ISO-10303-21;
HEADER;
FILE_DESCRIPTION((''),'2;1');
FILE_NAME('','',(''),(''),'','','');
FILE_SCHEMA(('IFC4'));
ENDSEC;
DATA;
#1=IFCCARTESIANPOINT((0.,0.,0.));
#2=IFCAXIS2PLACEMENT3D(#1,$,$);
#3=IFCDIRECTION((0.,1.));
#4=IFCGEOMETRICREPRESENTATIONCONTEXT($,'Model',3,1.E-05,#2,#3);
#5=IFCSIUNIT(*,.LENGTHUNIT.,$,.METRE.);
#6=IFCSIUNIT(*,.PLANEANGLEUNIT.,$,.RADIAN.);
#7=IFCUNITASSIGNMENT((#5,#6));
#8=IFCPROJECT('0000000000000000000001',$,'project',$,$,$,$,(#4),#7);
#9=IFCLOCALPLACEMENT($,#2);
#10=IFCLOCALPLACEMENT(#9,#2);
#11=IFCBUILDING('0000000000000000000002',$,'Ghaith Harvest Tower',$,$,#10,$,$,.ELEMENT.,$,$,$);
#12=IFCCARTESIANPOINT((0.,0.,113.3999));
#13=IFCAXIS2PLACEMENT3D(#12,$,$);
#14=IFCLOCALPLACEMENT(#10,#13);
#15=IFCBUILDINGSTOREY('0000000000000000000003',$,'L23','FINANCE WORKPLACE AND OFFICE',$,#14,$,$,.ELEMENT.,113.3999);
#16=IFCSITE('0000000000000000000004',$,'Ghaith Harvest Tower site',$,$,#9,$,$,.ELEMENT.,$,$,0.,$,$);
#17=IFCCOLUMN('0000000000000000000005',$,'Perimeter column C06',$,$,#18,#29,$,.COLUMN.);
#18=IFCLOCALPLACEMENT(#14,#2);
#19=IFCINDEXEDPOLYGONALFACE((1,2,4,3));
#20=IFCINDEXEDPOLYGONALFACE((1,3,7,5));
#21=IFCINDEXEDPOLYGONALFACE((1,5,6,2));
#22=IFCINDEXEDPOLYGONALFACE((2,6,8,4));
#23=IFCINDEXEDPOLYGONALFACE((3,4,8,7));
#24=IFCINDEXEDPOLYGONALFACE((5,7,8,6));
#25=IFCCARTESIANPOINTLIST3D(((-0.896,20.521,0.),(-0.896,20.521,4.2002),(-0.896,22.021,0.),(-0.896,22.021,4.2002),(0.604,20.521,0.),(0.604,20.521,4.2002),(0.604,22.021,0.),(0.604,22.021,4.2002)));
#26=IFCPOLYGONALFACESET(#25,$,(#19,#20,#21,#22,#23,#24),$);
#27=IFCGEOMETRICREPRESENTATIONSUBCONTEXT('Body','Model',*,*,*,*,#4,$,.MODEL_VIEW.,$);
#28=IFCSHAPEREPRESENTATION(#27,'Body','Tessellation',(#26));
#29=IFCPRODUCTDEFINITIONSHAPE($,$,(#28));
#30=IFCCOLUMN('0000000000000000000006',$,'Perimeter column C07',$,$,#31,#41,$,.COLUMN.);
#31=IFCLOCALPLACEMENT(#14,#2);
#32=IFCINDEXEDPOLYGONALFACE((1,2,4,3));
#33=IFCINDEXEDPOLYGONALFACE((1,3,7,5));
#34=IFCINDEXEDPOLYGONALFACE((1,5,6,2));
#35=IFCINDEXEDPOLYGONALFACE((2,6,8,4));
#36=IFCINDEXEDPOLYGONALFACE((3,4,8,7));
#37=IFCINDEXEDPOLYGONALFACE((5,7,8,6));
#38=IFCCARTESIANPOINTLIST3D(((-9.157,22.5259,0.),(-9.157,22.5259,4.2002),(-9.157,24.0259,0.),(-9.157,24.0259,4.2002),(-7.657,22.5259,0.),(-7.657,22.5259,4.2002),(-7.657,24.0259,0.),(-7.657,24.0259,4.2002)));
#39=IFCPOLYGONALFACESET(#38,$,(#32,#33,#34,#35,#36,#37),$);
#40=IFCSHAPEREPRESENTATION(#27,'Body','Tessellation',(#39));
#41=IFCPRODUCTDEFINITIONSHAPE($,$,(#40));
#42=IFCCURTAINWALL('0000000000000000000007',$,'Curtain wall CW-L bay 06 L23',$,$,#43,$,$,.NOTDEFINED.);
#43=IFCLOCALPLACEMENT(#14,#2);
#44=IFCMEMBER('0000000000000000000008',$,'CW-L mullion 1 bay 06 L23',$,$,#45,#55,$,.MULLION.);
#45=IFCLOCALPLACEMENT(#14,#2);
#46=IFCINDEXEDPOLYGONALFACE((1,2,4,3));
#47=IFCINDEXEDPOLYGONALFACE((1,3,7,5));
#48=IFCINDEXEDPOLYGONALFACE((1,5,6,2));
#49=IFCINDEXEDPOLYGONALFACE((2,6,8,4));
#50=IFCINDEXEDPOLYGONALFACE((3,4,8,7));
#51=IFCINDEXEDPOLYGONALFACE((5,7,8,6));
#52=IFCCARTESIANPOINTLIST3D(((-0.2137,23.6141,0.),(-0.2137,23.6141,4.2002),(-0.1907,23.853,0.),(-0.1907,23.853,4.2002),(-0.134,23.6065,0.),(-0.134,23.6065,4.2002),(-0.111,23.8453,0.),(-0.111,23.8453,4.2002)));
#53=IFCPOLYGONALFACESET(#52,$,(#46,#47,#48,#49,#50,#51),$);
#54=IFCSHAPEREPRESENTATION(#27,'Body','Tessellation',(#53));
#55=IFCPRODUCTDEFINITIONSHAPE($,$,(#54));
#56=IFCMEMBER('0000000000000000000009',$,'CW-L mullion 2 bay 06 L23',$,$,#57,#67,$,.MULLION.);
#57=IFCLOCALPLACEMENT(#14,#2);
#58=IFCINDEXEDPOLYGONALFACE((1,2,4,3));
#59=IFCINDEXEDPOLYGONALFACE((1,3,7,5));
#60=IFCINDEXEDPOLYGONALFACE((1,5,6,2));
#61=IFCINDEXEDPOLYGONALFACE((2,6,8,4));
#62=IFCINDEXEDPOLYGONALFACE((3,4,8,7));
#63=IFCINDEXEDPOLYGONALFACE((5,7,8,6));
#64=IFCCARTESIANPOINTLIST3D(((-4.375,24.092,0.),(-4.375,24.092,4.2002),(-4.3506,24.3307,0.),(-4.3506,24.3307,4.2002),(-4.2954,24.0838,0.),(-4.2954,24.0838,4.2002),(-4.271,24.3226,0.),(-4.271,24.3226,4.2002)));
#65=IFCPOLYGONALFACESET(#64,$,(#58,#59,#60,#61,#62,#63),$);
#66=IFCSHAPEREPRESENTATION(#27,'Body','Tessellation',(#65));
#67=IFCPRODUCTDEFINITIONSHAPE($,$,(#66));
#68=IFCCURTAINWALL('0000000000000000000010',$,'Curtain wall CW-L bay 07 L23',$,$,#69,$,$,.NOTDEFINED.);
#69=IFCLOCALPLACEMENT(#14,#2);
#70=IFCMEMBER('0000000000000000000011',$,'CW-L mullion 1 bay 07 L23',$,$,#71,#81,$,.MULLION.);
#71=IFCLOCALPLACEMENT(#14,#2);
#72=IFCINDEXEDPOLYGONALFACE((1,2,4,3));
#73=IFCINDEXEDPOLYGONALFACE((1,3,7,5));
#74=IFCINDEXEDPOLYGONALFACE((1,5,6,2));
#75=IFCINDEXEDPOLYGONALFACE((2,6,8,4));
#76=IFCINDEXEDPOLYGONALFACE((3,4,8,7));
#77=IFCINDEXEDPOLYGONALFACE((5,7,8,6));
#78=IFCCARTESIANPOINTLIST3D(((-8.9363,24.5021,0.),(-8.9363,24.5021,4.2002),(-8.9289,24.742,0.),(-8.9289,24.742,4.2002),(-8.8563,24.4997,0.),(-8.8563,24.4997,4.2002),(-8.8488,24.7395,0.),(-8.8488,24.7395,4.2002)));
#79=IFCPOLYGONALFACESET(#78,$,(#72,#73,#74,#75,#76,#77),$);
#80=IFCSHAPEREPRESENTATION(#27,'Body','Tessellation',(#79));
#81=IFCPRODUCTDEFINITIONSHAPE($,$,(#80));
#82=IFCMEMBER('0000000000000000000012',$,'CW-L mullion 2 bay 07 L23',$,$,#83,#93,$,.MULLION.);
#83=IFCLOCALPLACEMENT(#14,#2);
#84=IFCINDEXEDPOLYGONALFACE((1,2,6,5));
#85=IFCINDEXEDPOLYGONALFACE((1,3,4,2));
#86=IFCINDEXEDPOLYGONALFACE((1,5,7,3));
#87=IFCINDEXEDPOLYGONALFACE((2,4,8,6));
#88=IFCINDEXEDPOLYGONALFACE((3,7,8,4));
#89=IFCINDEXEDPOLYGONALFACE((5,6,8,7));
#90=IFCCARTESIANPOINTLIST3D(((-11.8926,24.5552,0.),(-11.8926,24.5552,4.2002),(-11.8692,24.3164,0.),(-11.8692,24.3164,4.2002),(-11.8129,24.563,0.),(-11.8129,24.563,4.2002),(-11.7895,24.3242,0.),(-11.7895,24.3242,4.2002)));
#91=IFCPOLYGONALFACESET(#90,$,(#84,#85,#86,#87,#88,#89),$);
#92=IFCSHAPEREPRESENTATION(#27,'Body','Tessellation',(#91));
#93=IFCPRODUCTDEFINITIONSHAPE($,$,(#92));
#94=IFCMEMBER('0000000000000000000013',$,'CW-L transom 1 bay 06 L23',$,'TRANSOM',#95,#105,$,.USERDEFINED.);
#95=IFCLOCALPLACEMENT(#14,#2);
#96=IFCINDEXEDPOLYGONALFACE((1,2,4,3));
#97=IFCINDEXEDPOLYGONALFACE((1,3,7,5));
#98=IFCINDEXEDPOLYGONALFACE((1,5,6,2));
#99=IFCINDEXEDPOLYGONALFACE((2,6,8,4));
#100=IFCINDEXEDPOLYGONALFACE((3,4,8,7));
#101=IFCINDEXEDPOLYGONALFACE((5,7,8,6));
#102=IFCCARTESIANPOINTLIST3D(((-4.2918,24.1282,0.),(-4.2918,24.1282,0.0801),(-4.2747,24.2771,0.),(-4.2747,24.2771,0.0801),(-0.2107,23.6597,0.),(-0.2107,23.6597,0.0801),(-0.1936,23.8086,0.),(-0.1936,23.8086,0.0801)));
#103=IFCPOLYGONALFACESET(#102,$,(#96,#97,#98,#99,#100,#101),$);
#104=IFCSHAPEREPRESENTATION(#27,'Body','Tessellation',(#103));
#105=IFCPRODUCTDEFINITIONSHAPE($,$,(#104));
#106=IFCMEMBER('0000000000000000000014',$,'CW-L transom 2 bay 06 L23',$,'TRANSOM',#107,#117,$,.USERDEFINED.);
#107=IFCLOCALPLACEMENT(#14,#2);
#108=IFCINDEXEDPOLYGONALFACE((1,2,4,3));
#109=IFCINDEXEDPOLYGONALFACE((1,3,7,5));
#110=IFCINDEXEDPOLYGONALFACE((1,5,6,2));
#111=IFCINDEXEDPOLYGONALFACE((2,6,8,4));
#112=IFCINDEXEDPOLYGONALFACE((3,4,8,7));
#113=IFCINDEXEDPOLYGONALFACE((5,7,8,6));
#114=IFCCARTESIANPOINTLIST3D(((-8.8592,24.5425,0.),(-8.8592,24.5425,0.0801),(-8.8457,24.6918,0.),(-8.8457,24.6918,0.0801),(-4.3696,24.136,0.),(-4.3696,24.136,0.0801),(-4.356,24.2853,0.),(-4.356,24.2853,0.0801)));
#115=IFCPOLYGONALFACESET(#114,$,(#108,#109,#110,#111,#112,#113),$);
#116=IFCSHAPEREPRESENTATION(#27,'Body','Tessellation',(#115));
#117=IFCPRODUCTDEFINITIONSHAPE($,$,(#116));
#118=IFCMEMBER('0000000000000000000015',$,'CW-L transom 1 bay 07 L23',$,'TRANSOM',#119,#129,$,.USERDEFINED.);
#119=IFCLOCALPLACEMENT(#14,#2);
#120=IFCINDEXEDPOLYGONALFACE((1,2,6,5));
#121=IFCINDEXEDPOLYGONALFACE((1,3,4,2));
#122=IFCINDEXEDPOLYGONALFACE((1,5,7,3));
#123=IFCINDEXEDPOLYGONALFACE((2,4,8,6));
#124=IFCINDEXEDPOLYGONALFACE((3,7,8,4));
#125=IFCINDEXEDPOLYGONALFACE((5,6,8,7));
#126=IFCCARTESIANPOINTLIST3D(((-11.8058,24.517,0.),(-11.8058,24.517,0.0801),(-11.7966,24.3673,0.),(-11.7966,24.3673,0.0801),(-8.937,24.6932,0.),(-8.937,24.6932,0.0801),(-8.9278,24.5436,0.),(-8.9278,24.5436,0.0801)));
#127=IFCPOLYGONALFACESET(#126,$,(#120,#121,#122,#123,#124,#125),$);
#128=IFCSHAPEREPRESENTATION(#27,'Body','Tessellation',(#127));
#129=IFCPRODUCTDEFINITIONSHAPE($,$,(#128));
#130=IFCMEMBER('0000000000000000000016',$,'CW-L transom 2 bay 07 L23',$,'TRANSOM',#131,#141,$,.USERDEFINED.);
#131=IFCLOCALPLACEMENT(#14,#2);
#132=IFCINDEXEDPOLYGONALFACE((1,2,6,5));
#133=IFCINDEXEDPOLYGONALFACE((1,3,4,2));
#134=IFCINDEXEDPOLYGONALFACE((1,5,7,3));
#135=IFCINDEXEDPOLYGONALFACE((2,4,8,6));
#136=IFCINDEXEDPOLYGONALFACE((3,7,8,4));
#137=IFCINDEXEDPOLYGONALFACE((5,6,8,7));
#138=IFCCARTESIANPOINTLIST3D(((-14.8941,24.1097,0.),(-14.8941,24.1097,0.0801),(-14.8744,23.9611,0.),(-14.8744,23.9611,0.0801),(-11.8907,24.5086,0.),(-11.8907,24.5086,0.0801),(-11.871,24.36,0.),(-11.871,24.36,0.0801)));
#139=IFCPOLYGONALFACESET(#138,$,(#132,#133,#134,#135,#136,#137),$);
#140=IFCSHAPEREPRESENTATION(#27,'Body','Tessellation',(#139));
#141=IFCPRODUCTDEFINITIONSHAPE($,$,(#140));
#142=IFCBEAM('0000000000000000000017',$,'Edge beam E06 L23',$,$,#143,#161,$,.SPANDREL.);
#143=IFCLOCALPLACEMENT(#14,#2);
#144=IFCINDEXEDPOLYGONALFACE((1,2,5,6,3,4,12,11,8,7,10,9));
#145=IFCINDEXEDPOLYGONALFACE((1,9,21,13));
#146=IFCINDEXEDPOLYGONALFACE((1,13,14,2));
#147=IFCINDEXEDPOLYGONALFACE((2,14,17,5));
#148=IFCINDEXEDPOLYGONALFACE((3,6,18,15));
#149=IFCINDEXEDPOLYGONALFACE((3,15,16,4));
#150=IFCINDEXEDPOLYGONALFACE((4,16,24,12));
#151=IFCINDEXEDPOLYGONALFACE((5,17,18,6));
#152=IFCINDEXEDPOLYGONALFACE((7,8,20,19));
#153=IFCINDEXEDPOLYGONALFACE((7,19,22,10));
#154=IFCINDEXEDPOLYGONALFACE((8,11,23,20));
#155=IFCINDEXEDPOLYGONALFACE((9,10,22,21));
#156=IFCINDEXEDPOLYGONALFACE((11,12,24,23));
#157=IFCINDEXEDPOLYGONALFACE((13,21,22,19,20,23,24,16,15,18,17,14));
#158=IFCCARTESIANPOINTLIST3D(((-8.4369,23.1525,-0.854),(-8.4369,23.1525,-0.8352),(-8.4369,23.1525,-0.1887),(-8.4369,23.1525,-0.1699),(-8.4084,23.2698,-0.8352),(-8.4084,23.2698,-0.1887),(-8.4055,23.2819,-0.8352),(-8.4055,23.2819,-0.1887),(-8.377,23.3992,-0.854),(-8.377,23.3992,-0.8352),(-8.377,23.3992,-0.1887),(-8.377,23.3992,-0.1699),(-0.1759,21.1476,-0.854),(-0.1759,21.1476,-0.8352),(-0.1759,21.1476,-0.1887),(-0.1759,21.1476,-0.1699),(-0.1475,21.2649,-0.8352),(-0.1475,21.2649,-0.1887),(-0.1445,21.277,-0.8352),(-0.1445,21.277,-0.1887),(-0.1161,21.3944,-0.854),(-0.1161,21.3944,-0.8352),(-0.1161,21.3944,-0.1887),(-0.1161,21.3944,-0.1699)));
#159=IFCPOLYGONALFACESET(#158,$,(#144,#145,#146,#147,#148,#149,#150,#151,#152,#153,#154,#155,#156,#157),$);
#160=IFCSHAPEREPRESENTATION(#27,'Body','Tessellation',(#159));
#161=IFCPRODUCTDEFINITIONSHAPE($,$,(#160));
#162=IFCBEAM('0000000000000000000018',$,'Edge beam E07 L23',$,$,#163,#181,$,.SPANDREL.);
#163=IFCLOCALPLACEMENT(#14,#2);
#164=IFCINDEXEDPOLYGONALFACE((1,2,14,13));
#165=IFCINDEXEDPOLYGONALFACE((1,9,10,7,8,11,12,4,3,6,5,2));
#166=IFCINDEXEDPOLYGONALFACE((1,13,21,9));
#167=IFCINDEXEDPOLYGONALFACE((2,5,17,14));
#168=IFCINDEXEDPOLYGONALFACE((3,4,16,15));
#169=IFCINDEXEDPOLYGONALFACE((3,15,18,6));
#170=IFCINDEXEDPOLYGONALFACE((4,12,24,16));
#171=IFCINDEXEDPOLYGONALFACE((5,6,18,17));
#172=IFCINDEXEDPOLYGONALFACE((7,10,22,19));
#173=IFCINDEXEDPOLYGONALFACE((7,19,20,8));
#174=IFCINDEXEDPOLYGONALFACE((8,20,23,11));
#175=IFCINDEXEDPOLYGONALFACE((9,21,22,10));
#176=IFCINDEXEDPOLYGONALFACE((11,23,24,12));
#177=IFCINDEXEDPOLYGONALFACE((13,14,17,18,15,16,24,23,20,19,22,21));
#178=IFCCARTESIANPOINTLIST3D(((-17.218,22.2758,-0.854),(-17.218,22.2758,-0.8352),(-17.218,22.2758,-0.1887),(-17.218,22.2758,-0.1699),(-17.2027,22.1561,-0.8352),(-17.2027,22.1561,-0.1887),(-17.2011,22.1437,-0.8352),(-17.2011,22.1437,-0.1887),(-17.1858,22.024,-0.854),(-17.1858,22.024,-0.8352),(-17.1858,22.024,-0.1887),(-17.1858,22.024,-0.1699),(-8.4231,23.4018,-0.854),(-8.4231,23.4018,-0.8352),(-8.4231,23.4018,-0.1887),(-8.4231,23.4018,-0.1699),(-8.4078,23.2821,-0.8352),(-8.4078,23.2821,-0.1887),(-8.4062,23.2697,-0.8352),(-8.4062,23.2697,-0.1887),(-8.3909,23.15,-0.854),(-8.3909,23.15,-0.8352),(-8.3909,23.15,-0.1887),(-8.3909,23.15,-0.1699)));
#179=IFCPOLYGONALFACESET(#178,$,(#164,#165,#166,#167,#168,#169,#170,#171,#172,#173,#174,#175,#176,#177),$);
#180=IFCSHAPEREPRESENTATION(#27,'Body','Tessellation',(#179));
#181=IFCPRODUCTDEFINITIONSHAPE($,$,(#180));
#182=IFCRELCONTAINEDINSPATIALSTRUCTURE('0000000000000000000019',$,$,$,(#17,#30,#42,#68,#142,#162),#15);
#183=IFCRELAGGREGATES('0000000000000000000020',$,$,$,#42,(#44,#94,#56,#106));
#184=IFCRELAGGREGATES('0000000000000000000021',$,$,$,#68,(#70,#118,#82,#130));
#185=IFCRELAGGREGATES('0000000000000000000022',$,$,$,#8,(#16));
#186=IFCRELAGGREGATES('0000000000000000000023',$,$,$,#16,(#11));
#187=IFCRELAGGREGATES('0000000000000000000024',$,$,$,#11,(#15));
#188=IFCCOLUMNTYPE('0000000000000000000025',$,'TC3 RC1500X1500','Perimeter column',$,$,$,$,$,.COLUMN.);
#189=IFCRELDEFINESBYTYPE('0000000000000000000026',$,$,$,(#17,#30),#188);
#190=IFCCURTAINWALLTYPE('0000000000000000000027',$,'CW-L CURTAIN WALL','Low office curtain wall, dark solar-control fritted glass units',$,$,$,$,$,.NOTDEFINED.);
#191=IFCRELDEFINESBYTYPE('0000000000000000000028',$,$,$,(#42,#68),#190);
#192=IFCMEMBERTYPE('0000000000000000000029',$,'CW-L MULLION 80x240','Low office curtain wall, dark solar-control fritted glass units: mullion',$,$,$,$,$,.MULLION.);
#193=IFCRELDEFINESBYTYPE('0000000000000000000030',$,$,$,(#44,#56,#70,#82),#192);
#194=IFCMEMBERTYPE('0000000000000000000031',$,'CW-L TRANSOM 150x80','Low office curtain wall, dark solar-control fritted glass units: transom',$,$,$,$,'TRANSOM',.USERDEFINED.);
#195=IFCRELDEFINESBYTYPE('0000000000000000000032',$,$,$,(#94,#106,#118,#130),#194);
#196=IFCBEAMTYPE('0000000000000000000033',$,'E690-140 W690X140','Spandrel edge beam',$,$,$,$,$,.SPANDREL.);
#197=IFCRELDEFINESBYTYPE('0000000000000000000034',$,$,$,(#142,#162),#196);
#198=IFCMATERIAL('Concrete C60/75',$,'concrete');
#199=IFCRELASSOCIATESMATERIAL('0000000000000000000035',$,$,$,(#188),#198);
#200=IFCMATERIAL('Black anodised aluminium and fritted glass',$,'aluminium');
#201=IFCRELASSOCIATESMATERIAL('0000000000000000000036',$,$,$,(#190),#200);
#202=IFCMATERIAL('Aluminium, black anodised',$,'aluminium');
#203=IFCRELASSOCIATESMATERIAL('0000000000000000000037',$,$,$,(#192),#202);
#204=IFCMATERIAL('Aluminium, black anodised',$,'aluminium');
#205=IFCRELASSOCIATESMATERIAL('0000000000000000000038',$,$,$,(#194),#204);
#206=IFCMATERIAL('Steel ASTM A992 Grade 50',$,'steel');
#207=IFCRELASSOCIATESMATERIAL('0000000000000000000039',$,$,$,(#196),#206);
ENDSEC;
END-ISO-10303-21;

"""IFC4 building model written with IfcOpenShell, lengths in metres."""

from ifc_helpers import new_model, si_unit, direction, frame, origin, origin_2d, place, context, subcontext, project, spatial, rectangle, i_section, extrude, material, material_profile, profile_set, type_object, element, aggregate, save


model = new_model("IFC4")

# Units and contexts
model_context = context("Model", 3, precision=1e-05, world=origin(), true_north=direction((0.0, 1.0)))
body_context = subcontext(model_context, "Body", "Model", "MODEL_VIEW")
ifc_project = project(units=[si_unit("LENGTHUNIT", "METRE"), si_unit("PLANEANGLEUNIT", "RADIAN")], contexts=[model_context])

# Site, building, storey
site_placement = place(None, origin())
site = spatial("IfcSite", under=ifc_project, at=site_placement, Name="Ghaith Harvest Tower site", CompositionType="ELEMENT", RefElevation=0.0)
building_placement = place(site_placement, origin())
building = spatial("IfcBuilding", under=site, at=building_placement, Name="Ghaith Harvest Tower", CompositionType="ELEMENT")
storey_placement = place(building_placement, frame((0.0, 0.0, 113.3999)))
storey = spatial("IfcBuildingStorey", under=building, at=storey_placement, Name="L23", Description="FINANCE WORKPLACE AND OFFICE", CompositionType="ELEMENT", Elevation=113.3999)

# Columns
ifc_material_1 = material(Name="Concrete C60/75", Category="concrete")
ifc_material_profile_1 = material_profile(ifc_material_1, rectangle(XDim=1.5, YDim=1.5, at=origin_2d()), Name="RC1500X1500")
ifc_profile_set_1 = profile_set([ifc_material_profile_1], Name="Concrete C60/75")
column_type = type_object("IfcColumnType", Name="TC3 RC1500X1500", Description="Perimeter column", PredefinedType="COLUMN", material=ifc_profile_set_1)
for number, where, z_axis, x_axis, name in (
    (1, (-0.146, 21.271, 0.0), (0.0, 0.0, 1.0), (1.0, 0.0, 0.0), "Perimeter column C06"),
    (2, (-8.407, 23.2759, 0.0), (0.0, 0.0, 1.0), (1.0, 0.0, 0.0), "Perimeter column C07"),
):
    element("IfcColumn", number, at=place(storey_placement, frame(where, z_axis=z_axis, x_axis=x_axis)), inside=storey, type_object=column_type, Name=name, PredefinedType="COLUMN", context=body_context, shape_type="SweptSolid", body=[
        extrude(rectangle(XDim=1.5, YDim=1.5, at=origin_2d()), origin(), (0.0, 0.0, 1.0), 4.2002),
    ])

# Curtain walls, members
ifc_material_2 = material(Name="Black anodised aluminium and fritted glass", Category="aluminium")
curtain_wall_type = type_object("IfcCurtainWallType", Name="CW-L CURTAIN WALL", Description="Low office curtain wall, dark solar-control fritted glass units", PredefinedType="NOTDEFINED", material=ifc_material_2)
curtain_wall_1_placement = place(storey_placement, origin())
curtain_wall_1 = element("IfcCurtainWall", 3, at=curtain_wall_1_placement, inside=storey, type_object=curtain_wall_type, Name="Curtain wall CW-L bay 06 L23", PredefinedType="NOTDEFINED")
ifc_material_3 = material(Name="Aluminium, black anodised", Category="aluminium")
ifc_material_profile_2 = material_profile(ifc_material_3, rectangle(XDim=0.0801, YDim=0.24, at=origin_2d()), Name="CW-L MULLION 80x240")
ifc_profile_set_2 = profile_set([ifc_material_profile_2], Name="Aluminium, black anodised")
member_type_1 = type_object("IfcMemberType", Name="CW-L MULLION 80x240", Description="Low office curtain wall, dark solar-control fritted glass units: mullion", PredefinedType="MULLION", material=ifc_profile_set_2)
member_1_placement = place(storey_placement, frame((-0.1624, 23.7297, 0.0), z_axis=(0.0, 0.0, 1.0), x_axis=(-0.995388, 0.09593, 0.0)))
member_1 = element("IfcMember", 4, at=member_1_placement, type_object=member_type_1, Name="CW-L mullion 1 bay 06 L23", PredefinedType="MULLION", context=body_context, shape_type="SweptSolid", body=[
    extrude(rectangle(XDim=0.0801, YDim=0.24, at=origin_2d()), origin(), (0.0, 0.0, 1.0), 4.2002),
])
member_2_placement = place(storey_placement, frame((-4.323, 24.2073, 0.0), z_axis=(0.0, 0.0, 1.0), x_axis=(-0.99483, 0.101551, 0.0)))
member_2 = element("IfcMember", 5, at=member_2_placement, type_object=member_type_1, Name="CW-L mullion 2 bay 06 L23", PredefinedType="MULLION", context=body_context, shape_type="SweptSolid", body=[
    extrude(rectangle(XDim=0.0801, YDim=0.24, at=origin_2d()), origin(), (0.0, 0.0, 1.0), 4.2002),
])
curtain_wall_2_placement = place(storey_placement, origin())
curtain_wall_2 = element("IfcCurtainWall", 6, at=curtain_wall_2_placement, inside=storey, type_object=curtain_wall_type, Name="Curtain wall CW-L bay 07 L23", PredefinedType="NOTDEFINED")
member_3_placement = place(storey_placement, frame((-8.8926, 24.6208, 0.0), z_axis=(0.0, 0.0, 1.0), x_axis=(-0.999522, 0.030909, 0.0)))
member_3 = element("IfcMember", 7, at=member_3_placement, type_object=member_type_1, Name="CW-L mullion 1 bay 07 L23", PredefinedType="MULLION", context=body_context, shape_type="SweptSolid", body=[
    extrude(rectangle(XDim=0.0801, YDim=0.24, at=origin_2d()), origin(), (0.0, 0.0, 1.0), 4.2002),
])
member_4_placement = place(storey_placement, frame((-11.8411, 24.4397, 0.0), z_axis=(0.0, 0.0, 1.0), x_axis=(-0.995238, -0.09748, 0.0)))
member_4 = element("IfcMember", 8, at=member_4_placement, type_object=member_type_1, Name="CW-L mullion 2 bay 07 L23", PredefinedType="MULLION", context=body_context, shape_type="SweptSolid", body=[
    extrude(rectangle(XDim=0.0801, YDim=0.24, at=origin_2d()), origin(), (0.0, 0.0, 1.0), 4.2002),
])

# Members
ifc_material_4 = material(Name="Aluminium, black anodised", Category="aluminium")
ifc_material_profile_3 = material_profile(ifc_material_4, rectangle(XDim=0.1499, YDim=0.0801, at=origin_2d()), Name="CW-L TRANSOM 150x80")
ifc_profile_set_3 = profile_set([ifc_material_profile_3], Name="Aluminium, black anodised")
member_type_2 = type_object("IfcMemberType", Name="CW-L TRANSOM 150x80", Description="Low office curtain wall, dark solar-control fritted glass units: transom", ElementType="TRANSOM", PredefinedType="USERDEFINED", material=ifc_profile_set_3)
member_5_placement = place(storey_placement, frame((-0.2021, 23.7341, 0.04), z_axis=(-0.993475, 0.114051, 0.0), x_axis=(-0.114051, -0.993475, 0.0)))
member_5 = element("IfcMember", 9, at=member_5_placement, type_object=member_type_2, Name="CW-L transom 1 bay 06 L23", ObjectType="TRANSOM", PredefinedType="USERDEFINED", context=body_context, shape_type="SweptSolid", body=[
    extrude(rectangle(XDim=0.1499, YDim=0.0801, at=origin_2d()), origin(), (0.0, 0.0, 1.0), 4.1079),
])
member_6_placement = place(storey_placement, frame((-4.3628, 24.2107, 0.04), z_axis=(-0.995926, 0.09017, 0.0), x_axis=(-0.09017, -0.995926, 0.0)))
member_6 = element("IfcMember", 10, at=member_6_placement, type_object=member_type_2, Name="CW-L transom 2 bay 06 L23", ObjectType="TRANSOM", PredefinedType="USERDEFINED", context=body_context, shape_type="SweptSolid", body=[
    extrude(rectangle(XDim=0.1499, YDim=0.0801, at=origin_2d()), origin(), (0.0, 0.0, 1.0), 4.5081),
])
member_7_placement = place(storey_placement, frame((-8.9324, 24.6184, 0.04), z_axis=(-0.998118, -0.061326, 0.0), x_axis=(0.061326, -0.998118, 0.0)))
member_7 = element("IfcMember", 11, at=member_7_placement, type_object=member_type_2, Name="CW-L transom 1 bay 07 L23", ObjectType="TRANSOM", PredefinedType="USERDEFINED", context=body_context, shape_type="SweptSolid", body=[
    extrude(rectangle(XDim=0.1499, YDim=0.0801, at=origin_2d()), origin(), (0.0, 0.0, 1.0), 2.8743),
])
member_8_placement = place(storey_placement, frame((-11.8809, 24.4343, 0.04), z_axis=(-0.991294, -0.131668, 0.0), x_axis=(0.131668, -0.991294, 0.0)))
member_8 = element("IfcMember", 12, at=member_8_placement, type_object=member_type_2, Name="CW-L transom 2 bay 07 L23", ObjectType="TRANSOM", PredefinedType="USERDEFINED", context=body_context, shape_type="SweptSolid", body=[
    extrude(rectangle(XDim=0.1499, YDim=0.0801, at=origin_2d()), origin(), (0.0, 0.0, 1.0), 3.0298),
])

# Beams
ifc_material_5 = material(Name="Steel ASTM A992 Grade 50", Category="steel")
ifc_material_profile_4 = material_profile(ifc_material_5, i_section(OverallWidth=0.2539, OverallDepth=0.6841, WebThickness=0.0125, FlangeThickness=0.0188, at=origin_2d()), Name="W690X140")
ifc_profile_set_4 = profile_set([ifc_material_profile_4], Name="Steel ASTM A992 Grade 50")
beam_type = type_object("IfcBeamType", Name="E690-140 W690X140", Description="Spandrel edge beam", PredefinedType="SPANDREL", material=ifc_profile_set_4)
beam_1_placement = place(storey_placement, frame((-0.146, 21.271, -0.512), z_axis=(-0.97179, 0.235847, 0.0), x_axis=(-0.235847, -0.97179, 0.0)))
element("IfcBeam", 13, at=beam_1_placement, inside=storey, type_object=beam_type, Name="Edge beam E06 L23", PredefinedType="SPANDREL", context=body_context, shape_type="SweptSolid", body=[
    extrude(i_section(OverallWidth=0.2539, OverallDepth=0.6841, WebThickness=0.0125, FlangeThickness=0.0188, at=origin_2d()), origin(), (0.0, 0.0, 1.0), 8.5007),
])
beam_2_placement = place(storey_placement, frame((-8.407, 23.2759, -0.512), z_axis=(-0.991904, -0.126989, 0.0), x_axis=(0.126989, -0.991904, 0.0)))
element("IfcBeam", 14, at=beam_2_placement, inside=storey, type_object=beam_type, Name="Edge beam E07 L23", PredefinedType="SPANDREL", context=body_context, shape_type="SweptSolid", body=[
    extrude(i_section(OverallWidth=0.2539, OverallDepth=0.6841, WebThickness=0.0125, FlangeThickness=0.0188, at=origin_2d()), origin(), (0.0, 0.0, 1.0), 8.8667),
])

aggregate(curtain_wall_1, [member_1, member_5, member_2, member_6])
aggregate(curtain_wall_2, [member_3, member_7, member_4, member_8])

save(model, "model.ifc")
